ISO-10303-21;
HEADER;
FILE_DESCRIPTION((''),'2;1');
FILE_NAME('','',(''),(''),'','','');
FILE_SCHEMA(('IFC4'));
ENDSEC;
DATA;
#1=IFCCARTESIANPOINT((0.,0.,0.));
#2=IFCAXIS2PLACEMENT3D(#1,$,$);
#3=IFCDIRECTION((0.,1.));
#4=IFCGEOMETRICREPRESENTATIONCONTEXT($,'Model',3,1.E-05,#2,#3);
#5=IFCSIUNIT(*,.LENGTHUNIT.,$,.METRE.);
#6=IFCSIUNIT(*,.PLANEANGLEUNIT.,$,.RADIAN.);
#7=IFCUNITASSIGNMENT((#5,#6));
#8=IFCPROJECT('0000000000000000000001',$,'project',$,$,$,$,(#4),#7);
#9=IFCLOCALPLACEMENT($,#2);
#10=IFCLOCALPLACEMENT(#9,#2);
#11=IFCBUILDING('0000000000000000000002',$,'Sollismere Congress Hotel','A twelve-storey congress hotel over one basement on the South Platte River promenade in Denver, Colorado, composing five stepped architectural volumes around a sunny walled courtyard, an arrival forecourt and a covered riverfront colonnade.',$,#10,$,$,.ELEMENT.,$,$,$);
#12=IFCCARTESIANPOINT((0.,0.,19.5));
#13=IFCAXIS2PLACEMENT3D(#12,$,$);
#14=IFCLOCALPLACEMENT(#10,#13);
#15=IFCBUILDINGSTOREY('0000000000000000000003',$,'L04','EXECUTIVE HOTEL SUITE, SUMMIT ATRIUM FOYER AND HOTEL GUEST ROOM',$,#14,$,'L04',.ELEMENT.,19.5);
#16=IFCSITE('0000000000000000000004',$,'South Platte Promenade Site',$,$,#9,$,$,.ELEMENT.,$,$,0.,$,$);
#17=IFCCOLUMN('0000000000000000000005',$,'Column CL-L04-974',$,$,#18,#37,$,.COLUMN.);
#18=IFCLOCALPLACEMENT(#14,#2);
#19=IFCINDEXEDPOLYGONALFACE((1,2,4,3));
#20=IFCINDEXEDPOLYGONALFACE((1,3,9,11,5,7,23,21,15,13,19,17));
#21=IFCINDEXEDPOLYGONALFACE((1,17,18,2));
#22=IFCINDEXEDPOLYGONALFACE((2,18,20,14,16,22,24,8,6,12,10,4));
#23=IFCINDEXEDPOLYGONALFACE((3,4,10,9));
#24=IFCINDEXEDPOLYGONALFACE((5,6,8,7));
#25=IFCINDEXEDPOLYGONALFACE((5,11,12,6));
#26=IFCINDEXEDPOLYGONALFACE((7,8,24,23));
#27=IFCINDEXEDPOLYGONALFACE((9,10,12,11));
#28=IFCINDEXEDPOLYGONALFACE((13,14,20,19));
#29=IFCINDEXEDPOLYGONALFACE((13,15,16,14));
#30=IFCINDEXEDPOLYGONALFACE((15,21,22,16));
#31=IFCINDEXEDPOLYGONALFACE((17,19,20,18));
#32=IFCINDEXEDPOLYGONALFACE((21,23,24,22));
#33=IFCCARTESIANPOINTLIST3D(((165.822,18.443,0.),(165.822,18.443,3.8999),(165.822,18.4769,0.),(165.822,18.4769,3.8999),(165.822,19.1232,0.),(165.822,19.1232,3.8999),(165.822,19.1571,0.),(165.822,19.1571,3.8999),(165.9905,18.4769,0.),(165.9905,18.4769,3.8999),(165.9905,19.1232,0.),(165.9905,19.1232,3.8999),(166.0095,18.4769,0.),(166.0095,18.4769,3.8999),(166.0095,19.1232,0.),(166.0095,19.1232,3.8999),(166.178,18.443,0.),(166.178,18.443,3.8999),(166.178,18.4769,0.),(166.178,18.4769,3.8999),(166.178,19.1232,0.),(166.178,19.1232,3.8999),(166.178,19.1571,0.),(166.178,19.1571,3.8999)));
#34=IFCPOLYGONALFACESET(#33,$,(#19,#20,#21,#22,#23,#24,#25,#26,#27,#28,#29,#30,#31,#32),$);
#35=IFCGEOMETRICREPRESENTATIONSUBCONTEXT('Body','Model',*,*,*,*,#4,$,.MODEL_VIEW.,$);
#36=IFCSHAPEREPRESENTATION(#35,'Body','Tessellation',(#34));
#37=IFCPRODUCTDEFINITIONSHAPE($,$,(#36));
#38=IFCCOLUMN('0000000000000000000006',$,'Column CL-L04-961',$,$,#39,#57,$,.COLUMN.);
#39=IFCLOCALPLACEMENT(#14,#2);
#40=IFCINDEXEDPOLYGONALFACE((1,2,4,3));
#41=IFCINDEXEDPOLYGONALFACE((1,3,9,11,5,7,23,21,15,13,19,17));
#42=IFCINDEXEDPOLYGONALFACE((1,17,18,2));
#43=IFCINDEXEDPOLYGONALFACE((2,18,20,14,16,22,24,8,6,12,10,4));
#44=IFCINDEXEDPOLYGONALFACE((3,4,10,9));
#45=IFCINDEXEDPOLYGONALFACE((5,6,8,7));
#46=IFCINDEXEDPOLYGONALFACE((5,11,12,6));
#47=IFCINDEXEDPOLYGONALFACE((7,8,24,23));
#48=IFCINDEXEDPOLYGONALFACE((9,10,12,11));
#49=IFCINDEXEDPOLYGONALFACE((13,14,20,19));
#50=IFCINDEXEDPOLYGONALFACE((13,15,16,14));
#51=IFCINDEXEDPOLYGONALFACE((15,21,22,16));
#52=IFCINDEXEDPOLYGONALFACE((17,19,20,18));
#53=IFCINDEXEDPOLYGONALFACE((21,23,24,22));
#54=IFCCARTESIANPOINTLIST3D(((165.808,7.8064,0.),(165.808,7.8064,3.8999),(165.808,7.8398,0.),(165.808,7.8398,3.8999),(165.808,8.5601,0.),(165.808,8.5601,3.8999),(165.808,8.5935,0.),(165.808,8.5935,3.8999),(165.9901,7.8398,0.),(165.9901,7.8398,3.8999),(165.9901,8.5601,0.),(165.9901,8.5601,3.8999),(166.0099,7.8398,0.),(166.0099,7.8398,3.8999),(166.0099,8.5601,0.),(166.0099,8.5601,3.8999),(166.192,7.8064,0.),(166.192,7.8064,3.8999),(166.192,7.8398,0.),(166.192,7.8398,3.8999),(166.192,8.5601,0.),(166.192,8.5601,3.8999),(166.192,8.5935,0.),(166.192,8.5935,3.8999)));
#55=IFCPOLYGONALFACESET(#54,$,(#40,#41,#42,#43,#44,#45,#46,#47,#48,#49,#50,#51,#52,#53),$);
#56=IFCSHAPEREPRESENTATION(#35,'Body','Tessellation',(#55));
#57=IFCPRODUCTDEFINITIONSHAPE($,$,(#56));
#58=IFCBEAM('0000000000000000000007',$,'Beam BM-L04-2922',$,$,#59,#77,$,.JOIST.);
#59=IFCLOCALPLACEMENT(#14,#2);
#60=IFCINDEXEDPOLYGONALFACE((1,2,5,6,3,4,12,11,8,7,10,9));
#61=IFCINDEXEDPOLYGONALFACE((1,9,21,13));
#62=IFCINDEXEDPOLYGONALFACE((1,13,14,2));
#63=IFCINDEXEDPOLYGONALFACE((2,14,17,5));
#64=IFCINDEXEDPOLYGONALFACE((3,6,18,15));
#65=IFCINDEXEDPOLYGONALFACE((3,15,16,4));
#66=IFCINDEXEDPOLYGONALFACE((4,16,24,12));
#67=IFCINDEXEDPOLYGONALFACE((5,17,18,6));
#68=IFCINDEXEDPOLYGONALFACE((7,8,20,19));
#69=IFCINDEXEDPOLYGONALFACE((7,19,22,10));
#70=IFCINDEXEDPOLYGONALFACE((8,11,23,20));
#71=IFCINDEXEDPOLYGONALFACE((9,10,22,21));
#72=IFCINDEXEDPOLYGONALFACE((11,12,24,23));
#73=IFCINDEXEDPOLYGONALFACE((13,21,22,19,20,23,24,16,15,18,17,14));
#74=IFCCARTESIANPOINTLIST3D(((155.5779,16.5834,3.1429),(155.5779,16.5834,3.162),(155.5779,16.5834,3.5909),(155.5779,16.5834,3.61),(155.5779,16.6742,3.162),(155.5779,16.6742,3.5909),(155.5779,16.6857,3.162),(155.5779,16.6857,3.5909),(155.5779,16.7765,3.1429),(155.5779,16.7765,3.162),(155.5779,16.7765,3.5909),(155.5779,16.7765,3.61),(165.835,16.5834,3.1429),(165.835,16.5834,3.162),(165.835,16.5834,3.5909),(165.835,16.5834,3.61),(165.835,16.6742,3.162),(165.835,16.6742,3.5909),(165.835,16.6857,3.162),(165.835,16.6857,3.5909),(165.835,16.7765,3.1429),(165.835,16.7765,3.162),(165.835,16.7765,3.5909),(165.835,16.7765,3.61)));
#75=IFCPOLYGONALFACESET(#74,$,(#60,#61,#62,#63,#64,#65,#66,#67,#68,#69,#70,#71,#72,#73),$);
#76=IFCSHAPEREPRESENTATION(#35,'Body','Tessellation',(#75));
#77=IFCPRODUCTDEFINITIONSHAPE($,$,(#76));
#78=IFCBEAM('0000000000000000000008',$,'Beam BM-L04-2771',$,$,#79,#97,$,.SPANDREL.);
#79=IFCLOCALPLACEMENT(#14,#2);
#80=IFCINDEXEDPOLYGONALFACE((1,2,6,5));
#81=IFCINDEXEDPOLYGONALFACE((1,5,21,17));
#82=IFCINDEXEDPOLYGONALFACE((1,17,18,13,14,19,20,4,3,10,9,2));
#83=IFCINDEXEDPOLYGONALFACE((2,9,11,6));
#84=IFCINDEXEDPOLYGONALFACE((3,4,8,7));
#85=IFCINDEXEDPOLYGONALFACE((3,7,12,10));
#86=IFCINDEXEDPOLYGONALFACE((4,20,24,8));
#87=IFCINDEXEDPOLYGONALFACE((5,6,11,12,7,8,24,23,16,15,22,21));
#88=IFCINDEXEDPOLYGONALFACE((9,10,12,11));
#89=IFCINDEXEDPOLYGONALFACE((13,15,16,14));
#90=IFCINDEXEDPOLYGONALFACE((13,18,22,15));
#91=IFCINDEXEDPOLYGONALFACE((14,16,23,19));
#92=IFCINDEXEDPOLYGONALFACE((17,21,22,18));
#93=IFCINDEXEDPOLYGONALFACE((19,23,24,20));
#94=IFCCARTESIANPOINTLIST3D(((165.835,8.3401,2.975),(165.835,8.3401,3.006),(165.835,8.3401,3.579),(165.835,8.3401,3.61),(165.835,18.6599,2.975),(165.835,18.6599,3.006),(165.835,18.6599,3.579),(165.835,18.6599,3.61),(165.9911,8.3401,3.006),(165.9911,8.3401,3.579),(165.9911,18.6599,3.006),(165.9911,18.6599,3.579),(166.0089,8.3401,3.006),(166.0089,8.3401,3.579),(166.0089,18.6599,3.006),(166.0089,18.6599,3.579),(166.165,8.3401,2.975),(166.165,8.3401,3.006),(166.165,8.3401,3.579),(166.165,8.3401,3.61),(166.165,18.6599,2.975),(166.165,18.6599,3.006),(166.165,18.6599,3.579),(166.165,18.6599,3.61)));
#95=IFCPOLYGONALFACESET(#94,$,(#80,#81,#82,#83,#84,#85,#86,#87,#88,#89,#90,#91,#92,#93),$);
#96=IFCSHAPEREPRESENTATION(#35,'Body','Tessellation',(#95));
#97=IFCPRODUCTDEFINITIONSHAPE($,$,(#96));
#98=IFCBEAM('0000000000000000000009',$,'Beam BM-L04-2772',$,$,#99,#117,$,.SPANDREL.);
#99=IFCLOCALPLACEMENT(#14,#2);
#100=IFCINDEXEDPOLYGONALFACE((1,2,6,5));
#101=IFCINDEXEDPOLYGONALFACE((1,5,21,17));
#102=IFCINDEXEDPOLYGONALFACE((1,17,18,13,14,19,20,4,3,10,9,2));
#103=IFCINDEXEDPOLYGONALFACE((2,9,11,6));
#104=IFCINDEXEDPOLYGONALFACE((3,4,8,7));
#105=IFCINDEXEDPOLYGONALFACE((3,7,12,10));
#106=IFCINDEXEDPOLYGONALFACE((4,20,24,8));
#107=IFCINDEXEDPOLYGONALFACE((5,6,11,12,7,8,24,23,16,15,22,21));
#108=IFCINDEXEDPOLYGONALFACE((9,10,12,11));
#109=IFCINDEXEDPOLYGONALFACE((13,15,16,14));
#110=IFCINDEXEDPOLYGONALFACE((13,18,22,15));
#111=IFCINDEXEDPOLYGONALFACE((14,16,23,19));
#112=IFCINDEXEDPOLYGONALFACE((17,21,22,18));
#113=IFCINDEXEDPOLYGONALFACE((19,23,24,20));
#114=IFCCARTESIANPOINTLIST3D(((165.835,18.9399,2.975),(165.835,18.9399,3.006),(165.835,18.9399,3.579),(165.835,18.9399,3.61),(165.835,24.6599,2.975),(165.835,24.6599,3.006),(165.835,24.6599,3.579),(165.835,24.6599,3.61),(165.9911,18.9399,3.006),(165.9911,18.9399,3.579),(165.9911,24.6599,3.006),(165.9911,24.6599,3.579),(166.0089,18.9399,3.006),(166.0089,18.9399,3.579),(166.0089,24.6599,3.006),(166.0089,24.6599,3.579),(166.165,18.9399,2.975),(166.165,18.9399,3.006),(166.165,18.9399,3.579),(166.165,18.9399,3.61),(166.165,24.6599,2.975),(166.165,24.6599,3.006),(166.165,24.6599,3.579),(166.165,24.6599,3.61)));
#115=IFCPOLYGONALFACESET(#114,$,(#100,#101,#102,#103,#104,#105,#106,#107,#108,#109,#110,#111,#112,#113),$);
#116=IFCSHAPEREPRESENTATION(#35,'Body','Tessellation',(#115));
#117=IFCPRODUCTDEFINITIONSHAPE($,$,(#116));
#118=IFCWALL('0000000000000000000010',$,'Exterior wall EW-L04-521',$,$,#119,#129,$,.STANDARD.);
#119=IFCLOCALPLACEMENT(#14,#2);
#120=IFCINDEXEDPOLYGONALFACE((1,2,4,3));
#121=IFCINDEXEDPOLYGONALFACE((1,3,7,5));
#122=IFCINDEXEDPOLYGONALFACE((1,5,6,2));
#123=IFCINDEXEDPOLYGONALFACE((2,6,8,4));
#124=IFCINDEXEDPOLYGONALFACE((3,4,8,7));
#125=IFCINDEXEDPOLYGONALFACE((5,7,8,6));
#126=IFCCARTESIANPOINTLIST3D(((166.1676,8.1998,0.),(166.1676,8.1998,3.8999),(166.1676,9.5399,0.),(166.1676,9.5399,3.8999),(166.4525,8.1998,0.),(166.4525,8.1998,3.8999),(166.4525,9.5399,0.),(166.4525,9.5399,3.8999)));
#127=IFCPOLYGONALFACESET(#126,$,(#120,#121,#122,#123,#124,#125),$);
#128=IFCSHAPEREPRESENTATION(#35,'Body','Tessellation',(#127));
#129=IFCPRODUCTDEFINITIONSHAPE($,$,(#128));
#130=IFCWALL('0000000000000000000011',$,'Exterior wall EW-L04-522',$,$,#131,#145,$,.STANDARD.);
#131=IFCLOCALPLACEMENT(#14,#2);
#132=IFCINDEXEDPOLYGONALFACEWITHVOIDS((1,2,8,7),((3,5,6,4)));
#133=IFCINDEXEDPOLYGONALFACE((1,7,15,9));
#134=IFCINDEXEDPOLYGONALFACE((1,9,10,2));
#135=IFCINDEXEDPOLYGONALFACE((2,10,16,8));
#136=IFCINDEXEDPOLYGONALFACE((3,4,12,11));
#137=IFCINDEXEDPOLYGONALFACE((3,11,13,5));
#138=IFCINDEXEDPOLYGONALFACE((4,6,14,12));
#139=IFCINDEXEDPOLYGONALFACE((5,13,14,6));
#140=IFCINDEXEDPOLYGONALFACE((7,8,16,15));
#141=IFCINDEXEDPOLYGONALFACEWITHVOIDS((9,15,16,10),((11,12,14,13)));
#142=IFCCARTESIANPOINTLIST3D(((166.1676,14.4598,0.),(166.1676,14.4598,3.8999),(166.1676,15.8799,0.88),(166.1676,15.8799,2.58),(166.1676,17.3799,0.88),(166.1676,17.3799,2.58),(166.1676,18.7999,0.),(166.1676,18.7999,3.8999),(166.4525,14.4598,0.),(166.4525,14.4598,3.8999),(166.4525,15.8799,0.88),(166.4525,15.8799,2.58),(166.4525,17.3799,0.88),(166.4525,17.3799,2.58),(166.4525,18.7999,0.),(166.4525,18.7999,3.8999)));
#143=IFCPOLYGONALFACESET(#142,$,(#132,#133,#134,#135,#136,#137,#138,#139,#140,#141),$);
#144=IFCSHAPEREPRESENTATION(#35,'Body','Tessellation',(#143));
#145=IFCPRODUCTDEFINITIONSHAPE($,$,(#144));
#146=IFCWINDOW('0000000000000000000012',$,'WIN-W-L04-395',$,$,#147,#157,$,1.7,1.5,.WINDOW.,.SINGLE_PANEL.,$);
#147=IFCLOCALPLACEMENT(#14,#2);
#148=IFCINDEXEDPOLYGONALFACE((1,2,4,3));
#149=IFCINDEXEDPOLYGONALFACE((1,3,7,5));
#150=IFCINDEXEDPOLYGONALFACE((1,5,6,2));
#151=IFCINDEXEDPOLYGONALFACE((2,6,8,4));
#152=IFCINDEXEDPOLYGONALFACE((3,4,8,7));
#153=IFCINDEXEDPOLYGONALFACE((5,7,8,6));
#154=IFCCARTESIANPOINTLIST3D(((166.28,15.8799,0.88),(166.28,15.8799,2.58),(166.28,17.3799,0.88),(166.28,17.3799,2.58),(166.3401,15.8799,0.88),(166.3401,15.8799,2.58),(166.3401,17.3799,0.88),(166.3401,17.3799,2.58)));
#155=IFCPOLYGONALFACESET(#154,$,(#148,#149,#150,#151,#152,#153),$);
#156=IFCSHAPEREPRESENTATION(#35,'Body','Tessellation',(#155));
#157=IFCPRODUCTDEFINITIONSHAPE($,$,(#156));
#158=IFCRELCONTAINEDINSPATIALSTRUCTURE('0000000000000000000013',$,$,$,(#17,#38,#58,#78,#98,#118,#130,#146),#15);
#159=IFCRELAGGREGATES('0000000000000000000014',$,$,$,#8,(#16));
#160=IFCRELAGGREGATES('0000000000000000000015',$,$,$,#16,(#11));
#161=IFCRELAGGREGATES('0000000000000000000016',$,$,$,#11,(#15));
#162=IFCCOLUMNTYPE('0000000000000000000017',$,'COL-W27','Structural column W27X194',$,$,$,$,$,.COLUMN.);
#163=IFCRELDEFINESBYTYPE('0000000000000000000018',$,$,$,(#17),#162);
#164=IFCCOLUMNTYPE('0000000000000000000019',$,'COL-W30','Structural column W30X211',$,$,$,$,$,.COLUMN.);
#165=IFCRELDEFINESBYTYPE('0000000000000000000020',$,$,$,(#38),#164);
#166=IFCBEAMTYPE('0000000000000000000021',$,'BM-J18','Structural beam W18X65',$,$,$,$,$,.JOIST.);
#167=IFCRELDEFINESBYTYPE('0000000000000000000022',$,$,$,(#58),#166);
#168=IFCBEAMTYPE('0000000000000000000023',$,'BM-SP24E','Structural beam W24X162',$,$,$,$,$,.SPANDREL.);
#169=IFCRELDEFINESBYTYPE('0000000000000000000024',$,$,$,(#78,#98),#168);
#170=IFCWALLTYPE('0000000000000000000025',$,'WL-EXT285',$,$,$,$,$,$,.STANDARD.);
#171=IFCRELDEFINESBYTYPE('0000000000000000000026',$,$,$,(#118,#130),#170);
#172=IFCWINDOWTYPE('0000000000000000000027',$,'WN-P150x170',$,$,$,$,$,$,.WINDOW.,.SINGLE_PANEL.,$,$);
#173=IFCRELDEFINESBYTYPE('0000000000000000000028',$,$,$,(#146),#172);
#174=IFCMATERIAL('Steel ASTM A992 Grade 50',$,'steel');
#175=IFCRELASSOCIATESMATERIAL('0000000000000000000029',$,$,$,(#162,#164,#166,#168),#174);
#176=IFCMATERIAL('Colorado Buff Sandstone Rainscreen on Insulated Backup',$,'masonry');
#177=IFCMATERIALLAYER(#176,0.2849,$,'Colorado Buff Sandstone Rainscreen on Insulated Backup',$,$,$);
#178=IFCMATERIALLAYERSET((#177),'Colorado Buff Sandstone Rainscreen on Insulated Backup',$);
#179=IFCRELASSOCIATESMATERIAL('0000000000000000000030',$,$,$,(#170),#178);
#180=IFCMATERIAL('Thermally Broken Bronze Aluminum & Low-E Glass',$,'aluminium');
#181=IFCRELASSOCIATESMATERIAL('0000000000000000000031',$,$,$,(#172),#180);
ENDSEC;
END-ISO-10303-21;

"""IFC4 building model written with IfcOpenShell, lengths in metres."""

from ifc_helpers import new_model, si_unit, direction, frame, frame_2d, origin, origin_2d, place, context, subcontext, project, spatial, rectangle, i_section, extrude, material, layer, layer_set, material_profile, profile_set, type_object, element, fill, save


model = new_model("IFC4")

# Units and contexts
model_context = context("Model", 3, precision=1e-05, world=origin(), true_north=direction((0.0, 1.0)))
body_context = subcontext(model_context, "Body", "Model", "MODEL_VIEW")
ifc_project = project(units=[si_unit("LENGTHUNIT", "METRE"), si_unit("PLANEANGLEUNIT", "RADIAN")], contexts=[model_context])

# Site, building, storey
site_placement = place(None, origin())
site = spatial("IfcSite", under=ifc_project, at=site_placement, Name="South Platte Promenade Site", CompositionType="ELEMENT", RefElevation=0.0)
building_placement = place(site_placement, origin())
building = spatial("IfcBuilding", under=site, at=building_placement, Name="Sollismere Congress Hotel", Description="A twelve-storey congress hotel over one basement on the South Platte River promenade in Denver, Colorado, composing five stepped architectural volumes around a sunny walled courtyard, an arrival forecourt and a covered riverfront colonnade.", CompositionType="ELEMENT")
storey_placement = place(building_placement, frame((0.0, 0.0, 19.5)))
storey = spatial("IfcBuildingStorey", under=building, at=storey_placement, Name="L04", Description="EXECUTIVE HOTEL SUITE, SUMMIT ATRIUM FOYER AND HOTEL GUEST ROOM", LongName="L04", CompositionType="ELEMENT", Elevation=19.5)

# Columns
ifc_material_1 = material(Name="Steel ASTM A992 Grade 50", Category="steel")
ifc_material_profile_1 = material_profile(ifc_material_1, i_section(OverallWidth=0.356, OverallDepth=0.7141, WebThickness=0.019, FlangeThickness=0.0339, at=origin_2d()), Name="W27X194")
ifc_profile_set_1 = profile_set([ifc_material_profile_1], Name="Steel ASTM A992 Grade 50")
column_type_1 = type_object("IfcColumnType", Name="COL-W27", Description="Structural column W27X194", PredefinedType="COLUMN", material=ifc_profile_set_1)
column_1_placement = place(storey_placement, frame((166.0, 18.8, 0.0), z_axis=(0.0, 0.0, 1.0), x_axis=(1.0, 0.0, 0.0)))
element("IfcColumn", 1, at=column_1_placement, inside=storey, type_object=column_type_1, Name="Column CL-L04-974", PredefinedType="COLUMN", context=body_context, shape_type="SweptSolid", body=[
    extrude(i_section(OverallWidth=0.356, OverallDepth=0.7141, WebThickness=0.019, FlangeThickness=0.0339, at=origin_2d()), origin(), (0.0, 0.0, 1.0), 3.8999),
])
ifc_material_profile_2 = material_profile(ifc_material_1, i_section(OverallWidth=0.384, OverallDepth=0.7871, WebThickness=0.0198, FlangeThickness=0.0334, at=origin_2d()), Name="W30X211")
ifc_profile_set_2 = profile_set([ifc_material_profile_2], Name="Steel ASTM A992 Grade 50")
column_type_2 = type_object("IfcColumnType", Name="COL-W30", Description="Structural column W30X211", PredefinedType="COLUMN", material=ifc_profile_set_2)
column_2_placement = place(storey_placement, frame((166.0, 8.2, 0.0), z_axis=(0.0, 0.0, 1.0), x_axis=(1.0, 0.0, 0.0)))
element("IfcColumn", 2, at=column_2_placement, inside=storey, type_object=column_type_2, Name="Column CL-L04-961", PredefinedType="COLUMN", context=body_context, shape_type="SweptSolid", body=[
    extrude(i_section(OverallWidth=0.384, OverallDepth=0.7871, WebThickness=0.0198, FlangeThickness=0.0334, at=origin_2d()), origin(), (0.0, 0.0, 1.0), 3.8999),
])

# Beams
ifc_material_profile_3 = material_profile(ifc_material_1, i_section(OverallWidth=0.1931, OverallDepth=0.467, WebThickness=0.0115, FlangeThickness=0.019, at=origin_2d()), Name="W18X65")
ifc_profile_set_3 = profile_set([ifc_material_profile_3], Name="Steel ASTM A992 Grade 50")
beam_type_1 = type_object("IfcBeamType", Name="BM-J18", Description="Structural beam W18X65", PredefinedType="JOIST", material=ifc_profile_set_3)
beam_1_placement = place(storey_placement, frame((155.5779, 16.6799, 3.3765), z_axis=(1.0, 0.0, 0.0), x_axis=(0.0, 1.0, 0.0)))
element("IfcBeam", 3, at=beam_1_placement, inside=storey, type_object=beam_type_1, Name="Beam BM-L04-2922", PredefinedType="JOIST", context=body_context, shape_type="SweptSolid", body=[
    extrude(i_section(OverallWidth=0.1931, OverallDepth=0.467, WebThickness=0.0115, FlangeThickness=0.019, at=origin_2d()), origin(), (0.0, 0.0, 1.0), 10.2571),
])
ifc_material_profile_4 = material_profile(ifc_material_1, i_section(OverallWidth=0.3301, OverallDepth=0.635, WebThickness=0.0178, FlangeThickness=0.031, at=origin_2d()), Name="W24X162")
ifc_profile_set_4 = profile_set([ifc_material_profile_4], Name="Steel ASTM A992 Grade 50")
beam_type_2 = type_object("IfcBeamType", Name="BM-SP24E", Description="Structural beam W24X162", PredefinedType="SPANDREL", material=ifc_profile_set_4)
beam_2_placement = place(storey_placement, frame((166.0, 8.3401, 3.2925), z_axis=(0.0, 1.0, 0.0), x_axis=(-1.0, 0.0, 0.0)))
element("IfcBeam", 4, at=beam_2_placement, inside=storey, type_object=beam_type_2, Name="Beam BM-L04-2771", PredefinedType="SPANDREL", context=body_context, shape_type="SweptSolid", body=[
    extrude(i_section(OverallWidth=0.3301, OverallDepth=0.635, WebThickness=0.0178, FlangeThickness=0.031, at=origin_2d()), origin(), (0.0, 0.0, 1.0), 10.3198),
])
beam_3_placement = place(storey_placement, frame((166.0, 18.9399, 3.2925), z_axis=(0.0, 1.0, 0.0), x_axis=(-1.0, 0.0, 0.0)))
element("IfcBeam", 5, at=beam_3_placement, inside=storey, type_object=beam_type_2, Name="Beam BM-L04-2772", PredefinedType="SPANDREL", context=body_context, shape_type="SweptSolid", body=[
    extrude(i_section(OverallWidth=0.3301, OverallDepth=0.635, WebThickness=0.0178, FlangeThickness=0.031, at=origin_2d()), origin(), (0.0, 0.0, 1.0), 5.72),
])

# Wall
ifc_material_2 = material(Name="Colorado Buff Sandstone Rainscreen on Insulated Backup", Category="masonry")
ifc_layer_1 = layer(ifc_material_2, 0.2849, Name="Colorado Buff Sandstone Rainscreen on Insulated Backup")
ifc_layer_set_1 = layer_set([ifc_layer_1], Name="Colorado Buff Sandstone Rainscreen on Insulated Backup")
wall_type_1 = type_object("IfcWallType", Name="WL-EXT285", PredefinedType="STANDARD", material=ifc_layer_set_1)
wall_1_placement = place(storey_placement, frame((166.3101, 8.2, 0.0), z_axis=(0.0, 0.0, 1.0), x_axis=(0.0, 1.0, 0.0)))
element("IfcWall", 6, at=wall_1_placement, inside=storey, type_object=wall_type_1, Name="Exterior wall EW-L04-521", PredefinedType="STANDARD", context=body_context, shape_type="SweptSolid", body=[
    extrude(rectangle(XDim=1.3401, YDim=0.2849, at=frame_2d((0.6699, 0.0))), origin(), (0.0, 0.0, 1.0), 3.8999),
])

# Wall, opening, window
wall_2_placement = place(storey_placement, frame((166.3101, 14.46, 0.0), z_axis=(0.0, 0.0, 1.0), x_axis=(0.0, 1.0, 0.0)))
wall_2 = element("IfcWall", 7, at=wall_2_placement, inside=storey, type_object=wall_type_1, Name="Exterior wall EW-L04-522", PredefinedType="STANDARD", context=body_context, shape_type="SweptSolid", body=[
    extrude(rectangle(XDim=4.3401, YDim=0.2849, at=frame_2d((2.1699, 0.0))), origin(), (0.0, 0.0, 1.0), 3.8999),
])
opening_1_placement = place(wall_2_placement, frame((1.4199, 0.0, 0.8799)))
opening_1 = element("IfcOpeningElement", 8, at=opening_1_placement, cuts=wall_2, PredefinedType="OPENING", context=body_context, shape_type="SweptSolid", body=[
    extrude(rectangle(XDim=1.5, YDim=1.7, at=frame_2d((0.75, 0.8501))), frame((0.0, 0.1523, 0.0), z_axis=(0.0, -1.0, 0.0), x_axis=(1.0, 0.0, 0.0)), (0.0, 0.0, 1.0), 0.3049),
])
ifc_material_3 = material(Name="Thermally Broken Bronze Aluminum & Low-E Glass", Category="aluminium")
window_type_1 = type_object("IfcWindowType", Name="WN-P150x170", PartitioningType="SINGLE_PANEL", PredefinedType="WINDOW", material=ifc_material_3)
window_1_placement = place(opening_1_placement, origin())
window_1 = element("IfcWindow", 9, at=window_1_placement, inside=storey, type_object=window_type_1, Name="WIN-W-L04-395", OverallHeight=1.7, OverallWidth=1.5, PartitioningType="SINGLE_PANEL", PredefinedType="WINDOW", context=body_context, shape_type="SweptSolid", body=[
    extrude(rectangle(XDim=1.5, YDim=1.7, at=frame_2d((0.75, 0.8501))), frame((0.0, 0.03, 0.0), z_axis=(0.0, -1.0, 0.0), x_axis=(1.0, 0.0, 0.0)), (0.0, 0.0, 1.0), 0.0601),
])
fill(opening_1, window_1)

save(model, "model.ifc")
